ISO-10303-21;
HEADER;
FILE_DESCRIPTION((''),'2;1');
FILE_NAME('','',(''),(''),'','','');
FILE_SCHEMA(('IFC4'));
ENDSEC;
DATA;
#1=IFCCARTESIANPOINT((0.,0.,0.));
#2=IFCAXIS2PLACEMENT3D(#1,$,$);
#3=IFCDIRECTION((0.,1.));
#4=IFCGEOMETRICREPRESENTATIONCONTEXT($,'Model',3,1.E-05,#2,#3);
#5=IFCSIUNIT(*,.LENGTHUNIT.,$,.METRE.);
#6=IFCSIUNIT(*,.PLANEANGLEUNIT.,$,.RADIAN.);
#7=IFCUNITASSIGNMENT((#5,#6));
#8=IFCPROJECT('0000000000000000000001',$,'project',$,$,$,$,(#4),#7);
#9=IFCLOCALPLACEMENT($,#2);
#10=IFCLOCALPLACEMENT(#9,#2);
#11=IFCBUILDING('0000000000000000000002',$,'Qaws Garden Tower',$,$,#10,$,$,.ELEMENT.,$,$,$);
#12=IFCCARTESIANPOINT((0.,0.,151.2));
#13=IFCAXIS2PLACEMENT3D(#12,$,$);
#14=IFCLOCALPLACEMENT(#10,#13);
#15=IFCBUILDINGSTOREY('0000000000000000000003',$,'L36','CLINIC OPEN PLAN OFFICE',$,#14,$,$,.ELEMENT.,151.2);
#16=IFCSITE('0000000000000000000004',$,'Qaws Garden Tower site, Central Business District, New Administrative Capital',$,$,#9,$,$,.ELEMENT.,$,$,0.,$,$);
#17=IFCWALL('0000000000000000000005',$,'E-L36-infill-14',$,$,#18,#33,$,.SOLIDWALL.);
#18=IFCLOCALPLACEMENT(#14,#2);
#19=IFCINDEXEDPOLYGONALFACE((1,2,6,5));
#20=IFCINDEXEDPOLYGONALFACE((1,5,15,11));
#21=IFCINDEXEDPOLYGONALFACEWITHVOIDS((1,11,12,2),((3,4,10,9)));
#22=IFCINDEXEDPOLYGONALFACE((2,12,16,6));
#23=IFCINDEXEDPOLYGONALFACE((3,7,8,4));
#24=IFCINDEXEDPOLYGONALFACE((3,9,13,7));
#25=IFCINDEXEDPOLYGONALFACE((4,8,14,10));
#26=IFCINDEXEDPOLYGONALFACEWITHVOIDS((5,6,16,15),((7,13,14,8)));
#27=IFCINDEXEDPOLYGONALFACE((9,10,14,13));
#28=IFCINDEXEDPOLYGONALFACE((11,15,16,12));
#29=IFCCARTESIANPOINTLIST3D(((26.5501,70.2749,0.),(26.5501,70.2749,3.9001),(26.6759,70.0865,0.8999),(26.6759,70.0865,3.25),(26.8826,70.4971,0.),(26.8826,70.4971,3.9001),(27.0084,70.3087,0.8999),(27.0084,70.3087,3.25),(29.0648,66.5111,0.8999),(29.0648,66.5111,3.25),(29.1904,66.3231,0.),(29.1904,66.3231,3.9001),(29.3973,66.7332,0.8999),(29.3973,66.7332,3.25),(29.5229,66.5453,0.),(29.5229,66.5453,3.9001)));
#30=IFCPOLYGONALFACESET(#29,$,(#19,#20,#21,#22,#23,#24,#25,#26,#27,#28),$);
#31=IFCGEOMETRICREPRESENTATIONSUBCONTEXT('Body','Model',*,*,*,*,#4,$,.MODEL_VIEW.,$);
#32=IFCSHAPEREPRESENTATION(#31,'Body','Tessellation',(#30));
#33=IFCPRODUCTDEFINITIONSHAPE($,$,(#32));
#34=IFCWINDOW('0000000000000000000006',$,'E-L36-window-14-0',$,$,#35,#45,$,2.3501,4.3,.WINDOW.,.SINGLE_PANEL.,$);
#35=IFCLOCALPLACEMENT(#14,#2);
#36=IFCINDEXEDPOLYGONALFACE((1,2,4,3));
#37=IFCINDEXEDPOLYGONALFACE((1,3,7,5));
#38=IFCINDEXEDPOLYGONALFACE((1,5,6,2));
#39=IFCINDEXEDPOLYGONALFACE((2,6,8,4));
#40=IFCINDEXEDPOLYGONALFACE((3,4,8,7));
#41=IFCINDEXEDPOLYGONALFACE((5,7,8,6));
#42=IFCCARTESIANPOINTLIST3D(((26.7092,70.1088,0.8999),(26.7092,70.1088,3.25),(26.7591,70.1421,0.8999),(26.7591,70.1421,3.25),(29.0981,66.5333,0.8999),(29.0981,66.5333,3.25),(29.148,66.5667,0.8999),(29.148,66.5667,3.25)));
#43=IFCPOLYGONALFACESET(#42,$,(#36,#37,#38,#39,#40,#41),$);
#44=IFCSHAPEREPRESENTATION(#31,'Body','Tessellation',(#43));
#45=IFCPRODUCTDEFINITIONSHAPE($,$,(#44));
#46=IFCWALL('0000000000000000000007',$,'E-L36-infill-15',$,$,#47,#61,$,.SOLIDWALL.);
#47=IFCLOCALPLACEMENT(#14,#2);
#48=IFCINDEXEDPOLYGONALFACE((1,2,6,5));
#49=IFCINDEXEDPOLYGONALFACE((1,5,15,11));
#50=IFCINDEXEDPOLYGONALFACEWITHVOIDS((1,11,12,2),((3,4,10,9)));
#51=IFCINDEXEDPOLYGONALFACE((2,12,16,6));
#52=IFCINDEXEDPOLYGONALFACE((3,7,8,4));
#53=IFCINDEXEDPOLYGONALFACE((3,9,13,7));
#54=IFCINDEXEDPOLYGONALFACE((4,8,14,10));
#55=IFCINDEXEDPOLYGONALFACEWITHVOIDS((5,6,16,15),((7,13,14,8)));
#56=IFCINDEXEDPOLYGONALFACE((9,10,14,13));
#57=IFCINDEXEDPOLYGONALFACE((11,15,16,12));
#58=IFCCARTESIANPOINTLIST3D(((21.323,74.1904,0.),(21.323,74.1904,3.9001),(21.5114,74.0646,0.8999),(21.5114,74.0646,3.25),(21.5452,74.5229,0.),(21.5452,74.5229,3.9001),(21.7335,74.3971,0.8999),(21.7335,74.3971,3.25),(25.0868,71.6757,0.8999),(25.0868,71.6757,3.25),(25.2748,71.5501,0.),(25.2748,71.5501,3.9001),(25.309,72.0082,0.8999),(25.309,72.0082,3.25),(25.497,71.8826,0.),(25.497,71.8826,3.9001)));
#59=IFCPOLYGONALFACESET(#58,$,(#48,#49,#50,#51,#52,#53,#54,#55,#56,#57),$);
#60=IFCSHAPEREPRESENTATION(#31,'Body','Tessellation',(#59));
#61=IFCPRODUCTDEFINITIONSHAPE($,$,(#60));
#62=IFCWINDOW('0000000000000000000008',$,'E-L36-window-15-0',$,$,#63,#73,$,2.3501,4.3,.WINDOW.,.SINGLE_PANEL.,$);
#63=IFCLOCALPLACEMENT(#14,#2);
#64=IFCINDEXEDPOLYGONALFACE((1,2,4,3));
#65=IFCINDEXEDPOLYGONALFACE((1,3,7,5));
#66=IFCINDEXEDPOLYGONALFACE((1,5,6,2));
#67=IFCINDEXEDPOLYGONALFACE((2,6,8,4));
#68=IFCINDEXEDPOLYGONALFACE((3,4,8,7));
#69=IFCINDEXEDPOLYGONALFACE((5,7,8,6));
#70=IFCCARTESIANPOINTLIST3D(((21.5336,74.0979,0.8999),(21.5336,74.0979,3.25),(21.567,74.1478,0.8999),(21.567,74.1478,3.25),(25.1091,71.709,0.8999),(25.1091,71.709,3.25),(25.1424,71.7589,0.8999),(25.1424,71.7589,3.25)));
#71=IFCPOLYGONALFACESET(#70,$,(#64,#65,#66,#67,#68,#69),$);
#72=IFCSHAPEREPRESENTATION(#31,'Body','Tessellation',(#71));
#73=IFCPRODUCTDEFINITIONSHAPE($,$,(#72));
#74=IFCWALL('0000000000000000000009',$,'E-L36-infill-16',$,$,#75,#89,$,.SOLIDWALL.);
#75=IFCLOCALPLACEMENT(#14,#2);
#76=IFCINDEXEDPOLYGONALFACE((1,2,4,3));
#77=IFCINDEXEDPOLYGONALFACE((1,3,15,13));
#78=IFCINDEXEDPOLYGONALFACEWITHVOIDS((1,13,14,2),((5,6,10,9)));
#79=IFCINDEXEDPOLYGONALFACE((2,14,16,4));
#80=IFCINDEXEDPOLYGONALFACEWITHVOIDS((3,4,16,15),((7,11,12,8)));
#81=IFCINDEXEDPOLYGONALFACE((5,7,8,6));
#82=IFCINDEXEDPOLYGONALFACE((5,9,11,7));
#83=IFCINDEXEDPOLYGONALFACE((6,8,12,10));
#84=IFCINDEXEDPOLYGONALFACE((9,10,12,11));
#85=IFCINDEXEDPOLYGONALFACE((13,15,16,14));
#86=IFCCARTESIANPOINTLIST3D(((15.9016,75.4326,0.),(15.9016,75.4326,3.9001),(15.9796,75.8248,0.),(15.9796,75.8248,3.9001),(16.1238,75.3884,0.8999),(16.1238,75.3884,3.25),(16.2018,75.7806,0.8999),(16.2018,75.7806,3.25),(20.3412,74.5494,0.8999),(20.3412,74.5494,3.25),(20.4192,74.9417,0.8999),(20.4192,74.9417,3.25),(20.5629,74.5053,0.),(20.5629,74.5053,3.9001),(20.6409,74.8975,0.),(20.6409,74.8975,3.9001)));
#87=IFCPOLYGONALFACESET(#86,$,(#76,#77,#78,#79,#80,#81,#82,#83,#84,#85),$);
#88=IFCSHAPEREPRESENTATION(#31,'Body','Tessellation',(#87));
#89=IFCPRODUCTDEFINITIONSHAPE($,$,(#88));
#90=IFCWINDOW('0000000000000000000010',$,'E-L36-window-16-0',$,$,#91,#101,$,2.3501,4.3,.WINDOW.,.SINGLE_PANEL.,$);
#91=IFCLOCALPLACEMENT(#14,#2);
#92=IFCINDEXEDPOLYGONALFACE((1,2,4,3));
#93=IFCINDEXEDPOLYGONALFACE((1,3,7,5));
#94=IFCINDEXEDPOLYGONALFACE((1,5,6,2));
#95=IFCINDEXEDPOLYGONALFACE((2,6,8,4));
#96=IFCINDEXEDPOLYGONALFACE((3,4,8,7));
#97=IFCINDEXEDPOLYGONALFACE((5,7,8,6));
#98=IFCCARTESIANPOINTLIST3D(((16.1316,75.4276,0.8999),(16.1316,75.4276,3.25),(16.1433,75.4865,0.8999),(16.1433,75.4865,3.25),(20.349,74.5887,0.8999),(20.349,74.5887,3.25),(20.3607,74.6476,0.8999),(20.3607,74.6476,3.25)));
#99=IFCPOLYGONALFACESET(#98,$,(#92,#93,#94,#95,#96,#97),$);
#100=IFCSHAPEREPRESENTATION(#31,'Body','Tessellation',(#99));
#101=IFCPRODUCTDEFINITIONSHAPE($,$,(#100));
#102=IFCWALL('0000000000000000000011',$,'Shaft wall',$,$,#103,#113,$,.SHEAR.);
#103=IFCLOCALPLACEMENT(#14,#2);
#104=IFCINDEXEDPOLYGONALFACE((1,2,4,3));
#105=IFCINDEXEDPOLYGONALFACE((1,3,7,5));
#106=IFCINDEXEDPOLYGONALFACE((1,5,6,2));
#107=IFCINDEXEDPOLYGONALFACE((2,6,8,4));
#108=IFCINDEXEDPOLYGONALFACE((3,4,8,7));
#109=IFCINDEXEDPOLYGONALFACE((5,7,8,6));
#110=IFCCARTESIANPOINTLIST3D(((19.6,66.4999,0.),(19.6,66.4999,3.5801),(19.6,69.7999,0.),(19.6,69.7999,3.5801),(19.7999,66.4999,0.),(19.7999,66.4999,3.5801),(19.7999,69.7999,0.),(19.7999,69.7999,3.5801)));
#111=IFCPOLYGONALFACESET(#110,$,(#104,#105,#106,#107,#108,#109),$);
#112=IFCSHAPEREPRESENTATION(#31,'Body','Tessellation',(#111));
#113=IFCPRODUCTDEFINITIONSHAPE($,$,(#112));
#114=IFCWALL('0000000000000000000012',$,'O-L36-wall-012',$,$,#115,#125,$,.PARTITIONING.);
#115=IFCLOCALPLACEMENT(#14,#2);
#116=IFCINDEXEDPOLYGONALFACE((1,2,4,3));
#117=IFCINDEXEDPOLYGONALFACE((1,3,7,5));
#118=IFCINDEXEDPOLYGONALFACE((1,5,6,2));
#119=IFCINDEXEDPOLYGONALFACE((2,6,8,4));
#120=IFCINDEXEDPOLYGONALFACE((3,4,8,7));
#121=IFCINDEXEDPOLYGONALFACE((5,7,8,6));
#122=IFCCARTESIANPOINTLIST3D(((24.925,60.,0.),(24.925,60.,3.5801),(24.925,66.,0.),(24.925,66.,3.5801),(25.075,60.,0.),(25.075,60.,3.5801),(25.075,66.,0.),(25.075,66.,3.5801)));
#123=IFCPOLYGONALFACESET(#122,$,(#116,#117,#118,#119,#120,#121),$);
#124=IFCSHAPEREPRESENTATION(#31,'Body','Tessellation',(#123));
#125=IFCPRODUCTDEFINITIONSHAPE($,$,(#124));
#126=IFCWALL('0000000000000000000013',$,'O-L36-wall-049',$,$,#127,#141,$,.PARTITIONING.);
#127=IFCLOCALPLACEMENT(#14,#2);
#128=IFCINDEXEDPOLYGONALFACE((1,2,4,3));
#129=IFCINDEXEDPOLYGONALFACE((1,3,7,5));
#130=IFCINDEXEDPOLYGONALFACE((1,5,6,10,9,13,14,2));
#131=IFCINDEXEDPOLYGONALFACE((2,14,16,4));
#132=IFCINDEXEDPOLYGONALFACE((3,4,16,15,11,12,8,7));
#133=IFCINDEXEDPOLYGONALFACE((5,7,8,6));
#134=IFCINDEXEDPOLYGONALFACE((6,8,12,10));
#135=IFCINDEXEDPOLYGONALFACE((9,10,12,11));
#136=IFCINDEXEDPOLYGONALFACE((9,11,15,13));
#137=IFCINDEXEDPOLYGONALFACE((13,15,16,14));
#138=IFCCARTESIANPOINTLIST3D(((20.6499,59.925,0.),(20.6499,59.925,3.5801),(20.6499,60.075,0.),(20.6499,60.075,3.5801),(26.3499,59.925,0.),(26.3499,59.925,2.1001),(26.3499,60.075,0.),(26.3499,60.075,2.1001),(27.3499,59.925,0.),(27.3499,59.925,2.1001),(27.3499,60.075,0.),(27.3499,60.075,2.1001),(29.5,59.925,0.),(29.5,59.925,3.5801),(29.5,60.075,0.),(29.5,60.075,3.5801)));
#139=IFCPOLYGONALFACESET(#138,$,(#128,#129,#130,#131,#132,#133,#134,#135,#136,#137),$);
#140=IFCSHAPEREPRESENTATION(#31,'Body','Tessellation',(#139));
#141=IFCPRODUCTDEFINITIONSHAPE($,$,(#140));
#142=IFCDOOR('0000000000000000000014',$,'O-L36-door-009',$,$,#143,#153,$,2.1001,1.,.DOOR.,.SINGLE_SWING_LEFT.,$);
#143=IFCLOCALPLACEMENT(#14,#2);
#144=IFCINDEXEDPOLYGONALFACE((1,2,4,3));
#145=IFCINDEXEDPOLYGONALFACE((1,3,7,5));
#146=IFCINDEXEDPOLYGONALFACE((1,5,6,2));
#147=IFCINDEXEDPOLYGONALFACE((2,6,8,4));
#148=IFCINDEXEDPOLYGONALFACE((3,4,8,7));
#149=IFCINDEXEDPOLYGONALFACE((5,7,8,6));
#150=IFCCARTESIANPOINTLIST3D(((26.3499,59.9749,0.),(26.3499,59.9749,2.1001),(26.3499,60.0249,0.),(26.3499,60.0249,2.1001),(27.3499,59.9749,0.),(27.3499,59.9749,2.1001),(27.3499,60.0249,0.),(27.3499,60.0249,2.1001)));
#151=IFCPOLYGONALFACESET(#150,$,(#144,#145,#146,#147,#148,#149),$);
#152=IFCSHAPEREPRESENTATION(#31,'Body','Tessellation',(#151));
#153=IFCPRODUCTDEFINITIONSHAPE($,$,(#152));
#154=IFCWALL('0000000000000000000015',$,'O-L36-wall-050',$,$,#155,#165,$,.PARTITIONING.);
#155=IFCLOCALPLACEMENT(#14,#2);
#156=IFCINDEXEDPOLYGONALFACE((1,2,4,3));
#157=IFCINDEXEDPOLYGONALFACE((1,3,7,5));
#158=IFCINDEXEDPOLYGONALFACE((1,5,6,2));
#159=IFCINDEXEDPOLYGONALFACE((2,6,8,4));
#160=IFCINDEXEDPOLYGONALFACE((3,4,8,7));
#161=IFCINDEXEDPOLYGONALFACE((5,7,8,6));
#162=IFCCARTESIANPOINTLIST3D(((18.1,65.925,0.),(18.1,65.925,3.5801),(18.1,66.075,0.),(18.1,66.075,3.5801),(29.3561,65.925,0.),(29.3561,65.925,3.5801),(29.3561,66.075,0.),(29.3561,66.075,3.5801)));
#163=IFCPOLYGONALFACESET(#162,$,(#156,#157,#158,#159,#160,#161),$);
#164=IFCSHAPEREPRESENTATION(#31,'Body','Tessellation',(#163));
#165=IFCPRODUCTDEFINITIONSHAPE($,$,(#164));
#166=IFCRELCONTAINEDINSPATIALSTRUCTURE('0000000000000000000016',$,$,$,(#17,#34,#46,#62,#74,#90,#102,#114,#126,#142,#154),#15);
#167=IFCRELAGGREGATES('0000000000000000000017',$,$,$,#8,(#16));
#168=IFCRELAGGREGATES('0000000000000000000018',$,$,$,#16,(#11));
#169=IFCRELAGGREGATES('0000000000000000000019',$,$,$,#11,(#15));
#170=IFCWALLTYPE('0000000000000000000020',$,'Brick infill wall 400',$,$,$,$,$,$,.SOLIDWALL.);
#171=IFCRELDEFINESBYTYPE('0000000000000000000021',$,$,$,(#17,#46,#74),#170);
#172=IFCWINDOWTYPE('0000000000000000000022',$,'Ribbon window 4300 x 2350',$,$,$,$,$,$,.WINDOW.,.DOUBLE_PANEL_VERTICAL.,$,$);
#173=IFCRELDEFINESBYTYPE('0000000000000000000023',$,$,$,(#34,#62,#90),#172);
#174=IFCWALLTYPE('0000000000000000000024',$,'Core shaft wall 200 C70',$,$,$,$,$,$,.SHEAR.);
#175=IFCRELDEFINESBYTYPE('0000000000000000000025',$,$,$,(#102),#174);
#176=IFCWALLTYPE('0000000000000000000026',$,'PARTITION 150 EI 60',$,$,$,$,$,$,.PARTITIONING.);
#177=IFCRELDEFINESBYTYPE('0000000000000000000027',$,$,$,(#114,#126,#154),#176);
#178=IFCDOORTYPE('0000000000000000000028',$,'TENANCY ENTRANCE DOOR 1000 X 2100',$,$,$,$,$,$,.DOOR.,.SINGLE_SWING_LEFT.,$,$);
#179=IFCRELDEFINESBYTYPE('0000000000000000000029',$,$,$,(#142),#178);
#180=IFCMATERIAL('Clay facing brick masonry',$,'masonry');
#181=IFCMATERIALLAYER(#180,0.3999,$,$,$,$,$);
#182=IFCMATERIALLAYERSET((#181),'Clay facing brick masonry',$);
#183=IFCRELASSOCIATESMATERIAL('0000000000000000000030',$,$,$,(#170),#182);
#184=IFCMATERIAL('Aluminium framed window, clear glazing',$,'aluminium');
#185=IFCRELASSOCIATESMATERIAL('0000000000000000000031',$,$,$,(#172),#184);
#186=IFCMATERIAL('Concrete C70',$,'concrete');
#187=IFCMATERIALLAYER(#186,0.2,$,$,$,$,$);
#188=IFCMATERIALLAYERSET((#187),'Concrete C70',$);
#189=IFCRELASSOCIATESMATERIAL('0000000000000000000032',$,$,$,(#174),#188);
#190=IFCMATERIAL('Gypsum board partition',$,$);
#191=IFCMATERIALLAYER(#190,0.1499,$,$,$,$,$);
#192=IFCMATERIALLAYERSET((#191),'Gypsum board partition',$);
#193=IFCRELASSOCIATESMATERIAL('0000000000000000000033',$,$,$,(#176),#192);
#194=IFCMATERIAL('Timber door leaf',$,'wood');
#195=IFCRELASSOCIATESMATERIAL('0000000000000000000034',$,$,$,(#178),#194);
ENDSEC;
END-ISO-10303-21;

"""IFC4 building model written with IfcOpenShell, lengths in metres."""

from ifc_helpers import new_model, si_unit, direction, frame, frame_2d, origin, place, context, subcontext, project, spatial, rectangle, extrude, material, layer, layer_set, type_object, element, fill, save


model = new_model("IFC4")

# Units and contexts
model_context = context("Model", 3, precision=1e-05, world=origin(), true_north=direction((0.0, 1.0)))
body_context = subcontext(model_context, "Body", "Model", "MODEL_VIEW")
ifc_project = project(units=[si_unit("LENGTHUNIT", "METRE"), si_unit("PLANEANGLEUNIT", "RADIAN")], contexts=[model_context])

# Site, building, storey
site_placement = place(None, origin())
site = spatial("IfcSite", under=ifc_project, at=site_placement, Name="Qaws Garden Tower site, Central Business District, New Administrative Capital", CompositionType="ELEMENT", RefElevation=0.0)
building_placement = place(site_placement, origin())
building = spatial("IfcBuilding", under=site, at=building_placement, Name="Qaws Garden Tower", CompositionType="ELEMENT")
storey_placement = place(building_placement, frame((0.0, 0.0, 151.2)))
storey = spatial("IfcBuildingStorey", under=building, at=storey_placement, Name="L36", Description="CLINIC OPEN PLAN OFFICE", CompositionType="ELEMENT", Elevation=151.2)

# Walls, openings, windows
ifc_material_1 = material(Name="Clay facing brick masonry", Category="masonry")
ifc_layer_1 = layer(ifc_material_1, 0.3999)
ifc_layer_set_1 = layer_set([ifc_layer_1], Name="Clay facing brick masonry")
wall_type_1 = type_object("IfcWallType", Name="Brick infill wall 400", PredefinedType="SOLIDWALL", material=ifc_layer_set_1)
ifc_material_2 = material(Name="Aluminium framed window, clear glazing", Category="aluminium")
window_type = type_object("IfcWindowType", Name="Ribbon window 4300 x 2350", PartitioningType="DOUBLE_PANEL_VERTICAL", PredefinedType="WINDOW", material=ifc_material_2)
wall_1_placement = place(storey_placement, frame((29.3567, 66.4341, 0.0), z_axis=(0.0, 0.0, 1.0), x_axis=(-0.555542, 0.831489, 0.0)))
wall_1 = element("IfcWall", 1, at=wall_1_placement, inside=storey, type_object=wall_type_1, Name="E-L36-infill-14", PredefinedType="SOLIDWALL", context=body_context, shape_type="SweptSolid", body=[
    extrude(rectangle(XDim=4.7527, YDim=0.3999, at=frame_2d((2.3765, 0.0))), origin(), (0.0, 0.0, 1.0), 3.9001),
])
opening_1_placement = place(wall_1_placement, frame((0.2263, 0.0, 0.8999)))
opening_1 = element("IfcOpeningElement", 2, at=opening_1_placement, cuts=wall_1, PredefinedType="OPENING", context=body_context, shape_type="SweptSolid", body=[
    extrude(rectangle(XDim=4.3, YDim=2.3501, at=frame_2d((2.1499, 1.175))), frame((0.0, 0.21, 0.0), z_axis=(0.0, -1.0, 0.0), x_axis=(1.0, 0.0, 0.0)), (0.0, 0.0, 1.0), 0.4199),
])
window_1_placement = place(opening_1_placement, origin())
window_1 = element("IfcWindow", 3, at=window_1_placement, inside=storey, type_object=window_type, Name="E-L36-window-14-0", OverallHeight=2.3501, OverallWidth=4.3, PartitioningType="SINGLE_PANEL", PredefinedType="WINDOW", context=body_context, shape_type="SweptSolid", body=[
    extrude(rectangle(XDim=4.3, YDim=2.3501, at=frame_2d((2.1499, 1.175))), frame((0.0, 0.1599, 0.0), z_axis=(0.0, -1.0, 0.0), x_axis=(1.0, 0.0, 0.0)), (0.0, 0.0, 1.0), 0.0601),
])
fill(opening_1, window_1)
wall_2_placement = place(storey_placement, frame((25.386, 71.7163, 0.0), z_axis=(0.0, 0.0, 1.0), x_axis=(-0.831489, 0.555542, 0.0)))
wall_2 = element("IfcWall", 4, at=wall_2_placement, inside=storey, type_object=wall_type_1, Name="E-L36-infill-15", PredefinedType="SOLIDWALL", context=body_context, shape_type="SweptSolid", body=[
    extrude(rectangle(XDim=4.7527, YDim=0.3999, at=frame_2d((2.3765, 0.0))), origin(), (0.0, 0.0, 1.0), 3.9001),
])
opening_2_placement = place(wall_2_placement, frame((0.2263, 0.0, 0.8999)))
opening_2 = element("IfcOpeningElement", 5, at=opening_2_placement, cuts=wall_2, PredefinedType="OPENING", context=body_context, shape_type="SweptSolid", body=[
    extrude(rectangle(XDim=4.3, YDim=2.3501, at=frame_2d((2.1499, 1.175))), frame((0.0, 0.21, 0.0), z_axis=(0.0, -1.0, 0.0), x_axis=(1.0, 0.0, 0.0)), (0.0, 0.0, 1.0), 0.4199),
])
window_2_placement = place(opening_2_placement, origin())
window_2 = element("IfcWindow", 6, at=window_2_placement, inside=storey, type_object=window_type, Name="E-L36-window-15-0", OverallHeight=2.3501, OverallWidth=4.3, PartitioningType="SINGLE_PANEL", PredefinedType="WINDOW", context=body_context, shape_type="SweptSolid", body=[
    extrude(rectangle(XDim=4.3, YDim=2.3501, at=frame_2d((2.1499, 1.175))), frame((0.0, 0.1599, 0.0), z_axis=(0.0, -1.0, 0.0), x_axis=(1.0, 0.0, 0.0)), (0.0, 0.0, 1.0), 0.0601),
])
fill(opening_2, window_2)
wall_3_placement = place(storey_placement, frame((20.6021, 74.7014, 0.0), z_axis=(0.0, 0.0, 1.0), x_axis=(-0.980784, 0.195099, 0.0)))
wall_3 = element("IfcWall", 7, at=wall_3_placement, inside=storey, type_object=wall_type_1, Name="E-L36-infill-16", PredefinedType="SOLIDWALL", context=body_context, shape_type="SweptSolid", body=[
    extrude(rectangle(XDim=4.7527, YDim=0.3999, at=frame_2d((2.3765, 0.0))), origin(), (0.0, 0.0, 1.0), 3.9001),
])
opening_3_placement = place(wall_3_placement, frame((0.2263, 0.0, 0.8999)))
opening_3 = element("IfcOpeningElement", 8, at=opening_3_placement, cuts=wall_3, PredefinedType="OPENING", context=body_context, shape_type="SweptSolid", body=[
    extrude(rectangle(XDim=4.3, YDim=2.3501, at=frame_2d((2.1499, 1.175))), frame((0.0, 0.21, 0.0), z_axis=(0.0, -1.0, 0.0), x_axis=(1.0, 0.0, 0.0)), (0.0, 0.0, 1.0), 0.4199),
])
window_3_placement = place(opening_3_placement, origin())
window_3 = element("IfcWindow", 9, at=window_3_placement, inside=storey, type_object=window_type, Name="E-L36-window-16-0", OverallHeight=2.3501, OverallWidth=4.3, PartitioningType="SINGLE_PANEL", PredefinedType="WINDOW", context=body_context, shape_type="SweptSolid", body=[
    extrude(rectangle(XDim=4.3, YDim=2.3501, at=frame_2d((2.1499, 1.175))), frame((0.0, 0.1599, 0.0), z_axis=(0.0, -1.0, 0.0), x_axis=(1.0, 0.0, 0.0)), (0.0, 0.0, 1.0), 0.0601),
])
fill(opening_3, window_3)

# Walls
ifc_material_3 = material(Name="Concrete C70", Category="concrete")
ifc_layer_2 = layer(ifc_material_3, 0.2)
ifc_layer_set_2 = layer_set([ifc_layer_2], Name="Concrete C70")
wall_type_2 = type_object("IfcWallType", Name="Core shaft wall 200 C70", PredefinedType="SHEAR", material=ifc_layer_set_2)
wall_4_placement = place(storey_placement, frame((19.7, 66.5, 0.0), z_axis=(0.0, 0.0, 1.0), x_axis=(0.0, 1.0, 0.0)))
element("IfcWall", 10, at=wall_4_placement, inside=storey, type_object=wall_type_2, Name="Shaft wall", PredefinedType="SHEAR", context=body_context, shape_type="SweptSolid", body=[
    extrude(rectangle(XDim=3.3, YDim=0.2, at=frame_2d((1.6499, 0.0))), origin(), (0.0, 0.0, 1.0), 3.5801),
])
ifc_material_4 = material(Name="Gypsum board partition")
ifc_layer_3 = layer(ifc_material_4, 0.1499)
ifc_layer_set_3 = layer_set([ifc_layer_3], Name="Gypsum board partition")
wall_type_3 = type_object("IfcWallType", Name="PARTITION 150 EI 60", PredefinedType="PARTITIONING", material=ifc_layer_set_3)
wall_5_placement = place(storey_placement, frame((25.0, 60.0, 0.0), z_axis=(0.0, 0.0, 1.0), x_axis=(0.0, 1.0, 0.0)))
element("IfcWall", 11, at=wall_5_placement, inside=storey, type_object=wall_type_3, Name="O-L36-wall-012", PredefinedType="PARTITIONING", context=body_context, shape_type="SweptSolid", body=[
    extrude(rectangle(XDim=6.0, YDim=0.1499, at=frame_2d((3.0, 0.0))), origin(), (0.0, 0.0, 1.0), 3.5801),
])

# Wall, opening, door
wall_6_placement = place(storey_placement, frame((20.6499, 60.0, 0.0), z_axis=(0.0, 0.0, 1.0), x_axis=(1.0, 0.0, 0.0)))
wall_6 = element("IfcWall", 12, at=wall_6_placement, inside=storey, type_object=wall_type_3, Name="O-L36-wall-049", PredefinedType="PARTITIONING", context=body_context, shape_type="SweptSolid", body=[
    extrude(rectangle(XDim=8.8501, YDim=0.1499, at=frame_2d((4.425, 0.0))), origin(), (0.0, 0.0, 1.0), 3.5801),
])
opening_4_placement = place(wall_6_placement, frame((5.7, 0.0, 0.0)))
opening_4 = element("IfcOpeningElement", 13, at=opening_4_placement, cuts=wall_6, PredefinedType="OPENING", context=body_context, shape_type="SweptSolid", body=[
    extrude(rectangle(XDim=1.0, YDim=2.1001, at=frame_2d((0.5, 1.05))), frame((0.0, 0.085, 0.0), z_axis=(0.0, -1.0, 0.0), x_axis=(1.0, 0.0, 0.0)), (0.0, 0.0, 1.0), 0.1699),
])
ifc_material_5 = material(Name="Timber door leaf", Category="wood")
door_type = type_object("IfcDoorType", Name="TENANCY ENTRANCE DOOR 1000 X 2100", OperationType="SINGLE_SWING_LEFT", PredefinedType="DOOR", material=ifc_material_5)
door_placement = place(opening_4_placement, origin())
door = element("IfcDoor", 14, at=door_placement, inside=storey, type_object=door_type, Name="O-L36-door-009", OperationType="SINGLE_SWING_LEFT", OverallHeight=2.1001, OverallWidth=1.0, PredefinedType="DOOR", context=body_context, shape_type="SweptSolid", body=[
    extrude(rectangle(XDim=1.0, YDim=2.1001, at=frame_2d((0.5, 1.05))), frame((0.0, 0.0249, 0.0), z_axis=(0.0, -1.0, 0.0), x_axis=(1.0, 0.0, 0.0)), (0.0, 0.0, 1.0), 0.05),
])
fill(opening_4, door)

# Wall
wall_7_placement = place(storey_placement, frame((18.1001, 66.0, 0.0), z_axis=(0.0, 0.0, 1.0), x_axis=(1.0, 0.0, 0.0)))
element("IfcWall", 15, at=wall_7_placement, inside=storey, type_object=wall_type_3, Name="O-L36-wall-050", PredefinedType="PARTITIONING", context=body_context, shape_type="SweptSolid", body=[
    extrude(rectangle(XDim=11.2561, YDim=0.1499, at=frame_2d((5.6279, 0.0))), origin(), (0.0, 0.0, 1.0), 3.5801),
])

save(model, "model.ifc")
